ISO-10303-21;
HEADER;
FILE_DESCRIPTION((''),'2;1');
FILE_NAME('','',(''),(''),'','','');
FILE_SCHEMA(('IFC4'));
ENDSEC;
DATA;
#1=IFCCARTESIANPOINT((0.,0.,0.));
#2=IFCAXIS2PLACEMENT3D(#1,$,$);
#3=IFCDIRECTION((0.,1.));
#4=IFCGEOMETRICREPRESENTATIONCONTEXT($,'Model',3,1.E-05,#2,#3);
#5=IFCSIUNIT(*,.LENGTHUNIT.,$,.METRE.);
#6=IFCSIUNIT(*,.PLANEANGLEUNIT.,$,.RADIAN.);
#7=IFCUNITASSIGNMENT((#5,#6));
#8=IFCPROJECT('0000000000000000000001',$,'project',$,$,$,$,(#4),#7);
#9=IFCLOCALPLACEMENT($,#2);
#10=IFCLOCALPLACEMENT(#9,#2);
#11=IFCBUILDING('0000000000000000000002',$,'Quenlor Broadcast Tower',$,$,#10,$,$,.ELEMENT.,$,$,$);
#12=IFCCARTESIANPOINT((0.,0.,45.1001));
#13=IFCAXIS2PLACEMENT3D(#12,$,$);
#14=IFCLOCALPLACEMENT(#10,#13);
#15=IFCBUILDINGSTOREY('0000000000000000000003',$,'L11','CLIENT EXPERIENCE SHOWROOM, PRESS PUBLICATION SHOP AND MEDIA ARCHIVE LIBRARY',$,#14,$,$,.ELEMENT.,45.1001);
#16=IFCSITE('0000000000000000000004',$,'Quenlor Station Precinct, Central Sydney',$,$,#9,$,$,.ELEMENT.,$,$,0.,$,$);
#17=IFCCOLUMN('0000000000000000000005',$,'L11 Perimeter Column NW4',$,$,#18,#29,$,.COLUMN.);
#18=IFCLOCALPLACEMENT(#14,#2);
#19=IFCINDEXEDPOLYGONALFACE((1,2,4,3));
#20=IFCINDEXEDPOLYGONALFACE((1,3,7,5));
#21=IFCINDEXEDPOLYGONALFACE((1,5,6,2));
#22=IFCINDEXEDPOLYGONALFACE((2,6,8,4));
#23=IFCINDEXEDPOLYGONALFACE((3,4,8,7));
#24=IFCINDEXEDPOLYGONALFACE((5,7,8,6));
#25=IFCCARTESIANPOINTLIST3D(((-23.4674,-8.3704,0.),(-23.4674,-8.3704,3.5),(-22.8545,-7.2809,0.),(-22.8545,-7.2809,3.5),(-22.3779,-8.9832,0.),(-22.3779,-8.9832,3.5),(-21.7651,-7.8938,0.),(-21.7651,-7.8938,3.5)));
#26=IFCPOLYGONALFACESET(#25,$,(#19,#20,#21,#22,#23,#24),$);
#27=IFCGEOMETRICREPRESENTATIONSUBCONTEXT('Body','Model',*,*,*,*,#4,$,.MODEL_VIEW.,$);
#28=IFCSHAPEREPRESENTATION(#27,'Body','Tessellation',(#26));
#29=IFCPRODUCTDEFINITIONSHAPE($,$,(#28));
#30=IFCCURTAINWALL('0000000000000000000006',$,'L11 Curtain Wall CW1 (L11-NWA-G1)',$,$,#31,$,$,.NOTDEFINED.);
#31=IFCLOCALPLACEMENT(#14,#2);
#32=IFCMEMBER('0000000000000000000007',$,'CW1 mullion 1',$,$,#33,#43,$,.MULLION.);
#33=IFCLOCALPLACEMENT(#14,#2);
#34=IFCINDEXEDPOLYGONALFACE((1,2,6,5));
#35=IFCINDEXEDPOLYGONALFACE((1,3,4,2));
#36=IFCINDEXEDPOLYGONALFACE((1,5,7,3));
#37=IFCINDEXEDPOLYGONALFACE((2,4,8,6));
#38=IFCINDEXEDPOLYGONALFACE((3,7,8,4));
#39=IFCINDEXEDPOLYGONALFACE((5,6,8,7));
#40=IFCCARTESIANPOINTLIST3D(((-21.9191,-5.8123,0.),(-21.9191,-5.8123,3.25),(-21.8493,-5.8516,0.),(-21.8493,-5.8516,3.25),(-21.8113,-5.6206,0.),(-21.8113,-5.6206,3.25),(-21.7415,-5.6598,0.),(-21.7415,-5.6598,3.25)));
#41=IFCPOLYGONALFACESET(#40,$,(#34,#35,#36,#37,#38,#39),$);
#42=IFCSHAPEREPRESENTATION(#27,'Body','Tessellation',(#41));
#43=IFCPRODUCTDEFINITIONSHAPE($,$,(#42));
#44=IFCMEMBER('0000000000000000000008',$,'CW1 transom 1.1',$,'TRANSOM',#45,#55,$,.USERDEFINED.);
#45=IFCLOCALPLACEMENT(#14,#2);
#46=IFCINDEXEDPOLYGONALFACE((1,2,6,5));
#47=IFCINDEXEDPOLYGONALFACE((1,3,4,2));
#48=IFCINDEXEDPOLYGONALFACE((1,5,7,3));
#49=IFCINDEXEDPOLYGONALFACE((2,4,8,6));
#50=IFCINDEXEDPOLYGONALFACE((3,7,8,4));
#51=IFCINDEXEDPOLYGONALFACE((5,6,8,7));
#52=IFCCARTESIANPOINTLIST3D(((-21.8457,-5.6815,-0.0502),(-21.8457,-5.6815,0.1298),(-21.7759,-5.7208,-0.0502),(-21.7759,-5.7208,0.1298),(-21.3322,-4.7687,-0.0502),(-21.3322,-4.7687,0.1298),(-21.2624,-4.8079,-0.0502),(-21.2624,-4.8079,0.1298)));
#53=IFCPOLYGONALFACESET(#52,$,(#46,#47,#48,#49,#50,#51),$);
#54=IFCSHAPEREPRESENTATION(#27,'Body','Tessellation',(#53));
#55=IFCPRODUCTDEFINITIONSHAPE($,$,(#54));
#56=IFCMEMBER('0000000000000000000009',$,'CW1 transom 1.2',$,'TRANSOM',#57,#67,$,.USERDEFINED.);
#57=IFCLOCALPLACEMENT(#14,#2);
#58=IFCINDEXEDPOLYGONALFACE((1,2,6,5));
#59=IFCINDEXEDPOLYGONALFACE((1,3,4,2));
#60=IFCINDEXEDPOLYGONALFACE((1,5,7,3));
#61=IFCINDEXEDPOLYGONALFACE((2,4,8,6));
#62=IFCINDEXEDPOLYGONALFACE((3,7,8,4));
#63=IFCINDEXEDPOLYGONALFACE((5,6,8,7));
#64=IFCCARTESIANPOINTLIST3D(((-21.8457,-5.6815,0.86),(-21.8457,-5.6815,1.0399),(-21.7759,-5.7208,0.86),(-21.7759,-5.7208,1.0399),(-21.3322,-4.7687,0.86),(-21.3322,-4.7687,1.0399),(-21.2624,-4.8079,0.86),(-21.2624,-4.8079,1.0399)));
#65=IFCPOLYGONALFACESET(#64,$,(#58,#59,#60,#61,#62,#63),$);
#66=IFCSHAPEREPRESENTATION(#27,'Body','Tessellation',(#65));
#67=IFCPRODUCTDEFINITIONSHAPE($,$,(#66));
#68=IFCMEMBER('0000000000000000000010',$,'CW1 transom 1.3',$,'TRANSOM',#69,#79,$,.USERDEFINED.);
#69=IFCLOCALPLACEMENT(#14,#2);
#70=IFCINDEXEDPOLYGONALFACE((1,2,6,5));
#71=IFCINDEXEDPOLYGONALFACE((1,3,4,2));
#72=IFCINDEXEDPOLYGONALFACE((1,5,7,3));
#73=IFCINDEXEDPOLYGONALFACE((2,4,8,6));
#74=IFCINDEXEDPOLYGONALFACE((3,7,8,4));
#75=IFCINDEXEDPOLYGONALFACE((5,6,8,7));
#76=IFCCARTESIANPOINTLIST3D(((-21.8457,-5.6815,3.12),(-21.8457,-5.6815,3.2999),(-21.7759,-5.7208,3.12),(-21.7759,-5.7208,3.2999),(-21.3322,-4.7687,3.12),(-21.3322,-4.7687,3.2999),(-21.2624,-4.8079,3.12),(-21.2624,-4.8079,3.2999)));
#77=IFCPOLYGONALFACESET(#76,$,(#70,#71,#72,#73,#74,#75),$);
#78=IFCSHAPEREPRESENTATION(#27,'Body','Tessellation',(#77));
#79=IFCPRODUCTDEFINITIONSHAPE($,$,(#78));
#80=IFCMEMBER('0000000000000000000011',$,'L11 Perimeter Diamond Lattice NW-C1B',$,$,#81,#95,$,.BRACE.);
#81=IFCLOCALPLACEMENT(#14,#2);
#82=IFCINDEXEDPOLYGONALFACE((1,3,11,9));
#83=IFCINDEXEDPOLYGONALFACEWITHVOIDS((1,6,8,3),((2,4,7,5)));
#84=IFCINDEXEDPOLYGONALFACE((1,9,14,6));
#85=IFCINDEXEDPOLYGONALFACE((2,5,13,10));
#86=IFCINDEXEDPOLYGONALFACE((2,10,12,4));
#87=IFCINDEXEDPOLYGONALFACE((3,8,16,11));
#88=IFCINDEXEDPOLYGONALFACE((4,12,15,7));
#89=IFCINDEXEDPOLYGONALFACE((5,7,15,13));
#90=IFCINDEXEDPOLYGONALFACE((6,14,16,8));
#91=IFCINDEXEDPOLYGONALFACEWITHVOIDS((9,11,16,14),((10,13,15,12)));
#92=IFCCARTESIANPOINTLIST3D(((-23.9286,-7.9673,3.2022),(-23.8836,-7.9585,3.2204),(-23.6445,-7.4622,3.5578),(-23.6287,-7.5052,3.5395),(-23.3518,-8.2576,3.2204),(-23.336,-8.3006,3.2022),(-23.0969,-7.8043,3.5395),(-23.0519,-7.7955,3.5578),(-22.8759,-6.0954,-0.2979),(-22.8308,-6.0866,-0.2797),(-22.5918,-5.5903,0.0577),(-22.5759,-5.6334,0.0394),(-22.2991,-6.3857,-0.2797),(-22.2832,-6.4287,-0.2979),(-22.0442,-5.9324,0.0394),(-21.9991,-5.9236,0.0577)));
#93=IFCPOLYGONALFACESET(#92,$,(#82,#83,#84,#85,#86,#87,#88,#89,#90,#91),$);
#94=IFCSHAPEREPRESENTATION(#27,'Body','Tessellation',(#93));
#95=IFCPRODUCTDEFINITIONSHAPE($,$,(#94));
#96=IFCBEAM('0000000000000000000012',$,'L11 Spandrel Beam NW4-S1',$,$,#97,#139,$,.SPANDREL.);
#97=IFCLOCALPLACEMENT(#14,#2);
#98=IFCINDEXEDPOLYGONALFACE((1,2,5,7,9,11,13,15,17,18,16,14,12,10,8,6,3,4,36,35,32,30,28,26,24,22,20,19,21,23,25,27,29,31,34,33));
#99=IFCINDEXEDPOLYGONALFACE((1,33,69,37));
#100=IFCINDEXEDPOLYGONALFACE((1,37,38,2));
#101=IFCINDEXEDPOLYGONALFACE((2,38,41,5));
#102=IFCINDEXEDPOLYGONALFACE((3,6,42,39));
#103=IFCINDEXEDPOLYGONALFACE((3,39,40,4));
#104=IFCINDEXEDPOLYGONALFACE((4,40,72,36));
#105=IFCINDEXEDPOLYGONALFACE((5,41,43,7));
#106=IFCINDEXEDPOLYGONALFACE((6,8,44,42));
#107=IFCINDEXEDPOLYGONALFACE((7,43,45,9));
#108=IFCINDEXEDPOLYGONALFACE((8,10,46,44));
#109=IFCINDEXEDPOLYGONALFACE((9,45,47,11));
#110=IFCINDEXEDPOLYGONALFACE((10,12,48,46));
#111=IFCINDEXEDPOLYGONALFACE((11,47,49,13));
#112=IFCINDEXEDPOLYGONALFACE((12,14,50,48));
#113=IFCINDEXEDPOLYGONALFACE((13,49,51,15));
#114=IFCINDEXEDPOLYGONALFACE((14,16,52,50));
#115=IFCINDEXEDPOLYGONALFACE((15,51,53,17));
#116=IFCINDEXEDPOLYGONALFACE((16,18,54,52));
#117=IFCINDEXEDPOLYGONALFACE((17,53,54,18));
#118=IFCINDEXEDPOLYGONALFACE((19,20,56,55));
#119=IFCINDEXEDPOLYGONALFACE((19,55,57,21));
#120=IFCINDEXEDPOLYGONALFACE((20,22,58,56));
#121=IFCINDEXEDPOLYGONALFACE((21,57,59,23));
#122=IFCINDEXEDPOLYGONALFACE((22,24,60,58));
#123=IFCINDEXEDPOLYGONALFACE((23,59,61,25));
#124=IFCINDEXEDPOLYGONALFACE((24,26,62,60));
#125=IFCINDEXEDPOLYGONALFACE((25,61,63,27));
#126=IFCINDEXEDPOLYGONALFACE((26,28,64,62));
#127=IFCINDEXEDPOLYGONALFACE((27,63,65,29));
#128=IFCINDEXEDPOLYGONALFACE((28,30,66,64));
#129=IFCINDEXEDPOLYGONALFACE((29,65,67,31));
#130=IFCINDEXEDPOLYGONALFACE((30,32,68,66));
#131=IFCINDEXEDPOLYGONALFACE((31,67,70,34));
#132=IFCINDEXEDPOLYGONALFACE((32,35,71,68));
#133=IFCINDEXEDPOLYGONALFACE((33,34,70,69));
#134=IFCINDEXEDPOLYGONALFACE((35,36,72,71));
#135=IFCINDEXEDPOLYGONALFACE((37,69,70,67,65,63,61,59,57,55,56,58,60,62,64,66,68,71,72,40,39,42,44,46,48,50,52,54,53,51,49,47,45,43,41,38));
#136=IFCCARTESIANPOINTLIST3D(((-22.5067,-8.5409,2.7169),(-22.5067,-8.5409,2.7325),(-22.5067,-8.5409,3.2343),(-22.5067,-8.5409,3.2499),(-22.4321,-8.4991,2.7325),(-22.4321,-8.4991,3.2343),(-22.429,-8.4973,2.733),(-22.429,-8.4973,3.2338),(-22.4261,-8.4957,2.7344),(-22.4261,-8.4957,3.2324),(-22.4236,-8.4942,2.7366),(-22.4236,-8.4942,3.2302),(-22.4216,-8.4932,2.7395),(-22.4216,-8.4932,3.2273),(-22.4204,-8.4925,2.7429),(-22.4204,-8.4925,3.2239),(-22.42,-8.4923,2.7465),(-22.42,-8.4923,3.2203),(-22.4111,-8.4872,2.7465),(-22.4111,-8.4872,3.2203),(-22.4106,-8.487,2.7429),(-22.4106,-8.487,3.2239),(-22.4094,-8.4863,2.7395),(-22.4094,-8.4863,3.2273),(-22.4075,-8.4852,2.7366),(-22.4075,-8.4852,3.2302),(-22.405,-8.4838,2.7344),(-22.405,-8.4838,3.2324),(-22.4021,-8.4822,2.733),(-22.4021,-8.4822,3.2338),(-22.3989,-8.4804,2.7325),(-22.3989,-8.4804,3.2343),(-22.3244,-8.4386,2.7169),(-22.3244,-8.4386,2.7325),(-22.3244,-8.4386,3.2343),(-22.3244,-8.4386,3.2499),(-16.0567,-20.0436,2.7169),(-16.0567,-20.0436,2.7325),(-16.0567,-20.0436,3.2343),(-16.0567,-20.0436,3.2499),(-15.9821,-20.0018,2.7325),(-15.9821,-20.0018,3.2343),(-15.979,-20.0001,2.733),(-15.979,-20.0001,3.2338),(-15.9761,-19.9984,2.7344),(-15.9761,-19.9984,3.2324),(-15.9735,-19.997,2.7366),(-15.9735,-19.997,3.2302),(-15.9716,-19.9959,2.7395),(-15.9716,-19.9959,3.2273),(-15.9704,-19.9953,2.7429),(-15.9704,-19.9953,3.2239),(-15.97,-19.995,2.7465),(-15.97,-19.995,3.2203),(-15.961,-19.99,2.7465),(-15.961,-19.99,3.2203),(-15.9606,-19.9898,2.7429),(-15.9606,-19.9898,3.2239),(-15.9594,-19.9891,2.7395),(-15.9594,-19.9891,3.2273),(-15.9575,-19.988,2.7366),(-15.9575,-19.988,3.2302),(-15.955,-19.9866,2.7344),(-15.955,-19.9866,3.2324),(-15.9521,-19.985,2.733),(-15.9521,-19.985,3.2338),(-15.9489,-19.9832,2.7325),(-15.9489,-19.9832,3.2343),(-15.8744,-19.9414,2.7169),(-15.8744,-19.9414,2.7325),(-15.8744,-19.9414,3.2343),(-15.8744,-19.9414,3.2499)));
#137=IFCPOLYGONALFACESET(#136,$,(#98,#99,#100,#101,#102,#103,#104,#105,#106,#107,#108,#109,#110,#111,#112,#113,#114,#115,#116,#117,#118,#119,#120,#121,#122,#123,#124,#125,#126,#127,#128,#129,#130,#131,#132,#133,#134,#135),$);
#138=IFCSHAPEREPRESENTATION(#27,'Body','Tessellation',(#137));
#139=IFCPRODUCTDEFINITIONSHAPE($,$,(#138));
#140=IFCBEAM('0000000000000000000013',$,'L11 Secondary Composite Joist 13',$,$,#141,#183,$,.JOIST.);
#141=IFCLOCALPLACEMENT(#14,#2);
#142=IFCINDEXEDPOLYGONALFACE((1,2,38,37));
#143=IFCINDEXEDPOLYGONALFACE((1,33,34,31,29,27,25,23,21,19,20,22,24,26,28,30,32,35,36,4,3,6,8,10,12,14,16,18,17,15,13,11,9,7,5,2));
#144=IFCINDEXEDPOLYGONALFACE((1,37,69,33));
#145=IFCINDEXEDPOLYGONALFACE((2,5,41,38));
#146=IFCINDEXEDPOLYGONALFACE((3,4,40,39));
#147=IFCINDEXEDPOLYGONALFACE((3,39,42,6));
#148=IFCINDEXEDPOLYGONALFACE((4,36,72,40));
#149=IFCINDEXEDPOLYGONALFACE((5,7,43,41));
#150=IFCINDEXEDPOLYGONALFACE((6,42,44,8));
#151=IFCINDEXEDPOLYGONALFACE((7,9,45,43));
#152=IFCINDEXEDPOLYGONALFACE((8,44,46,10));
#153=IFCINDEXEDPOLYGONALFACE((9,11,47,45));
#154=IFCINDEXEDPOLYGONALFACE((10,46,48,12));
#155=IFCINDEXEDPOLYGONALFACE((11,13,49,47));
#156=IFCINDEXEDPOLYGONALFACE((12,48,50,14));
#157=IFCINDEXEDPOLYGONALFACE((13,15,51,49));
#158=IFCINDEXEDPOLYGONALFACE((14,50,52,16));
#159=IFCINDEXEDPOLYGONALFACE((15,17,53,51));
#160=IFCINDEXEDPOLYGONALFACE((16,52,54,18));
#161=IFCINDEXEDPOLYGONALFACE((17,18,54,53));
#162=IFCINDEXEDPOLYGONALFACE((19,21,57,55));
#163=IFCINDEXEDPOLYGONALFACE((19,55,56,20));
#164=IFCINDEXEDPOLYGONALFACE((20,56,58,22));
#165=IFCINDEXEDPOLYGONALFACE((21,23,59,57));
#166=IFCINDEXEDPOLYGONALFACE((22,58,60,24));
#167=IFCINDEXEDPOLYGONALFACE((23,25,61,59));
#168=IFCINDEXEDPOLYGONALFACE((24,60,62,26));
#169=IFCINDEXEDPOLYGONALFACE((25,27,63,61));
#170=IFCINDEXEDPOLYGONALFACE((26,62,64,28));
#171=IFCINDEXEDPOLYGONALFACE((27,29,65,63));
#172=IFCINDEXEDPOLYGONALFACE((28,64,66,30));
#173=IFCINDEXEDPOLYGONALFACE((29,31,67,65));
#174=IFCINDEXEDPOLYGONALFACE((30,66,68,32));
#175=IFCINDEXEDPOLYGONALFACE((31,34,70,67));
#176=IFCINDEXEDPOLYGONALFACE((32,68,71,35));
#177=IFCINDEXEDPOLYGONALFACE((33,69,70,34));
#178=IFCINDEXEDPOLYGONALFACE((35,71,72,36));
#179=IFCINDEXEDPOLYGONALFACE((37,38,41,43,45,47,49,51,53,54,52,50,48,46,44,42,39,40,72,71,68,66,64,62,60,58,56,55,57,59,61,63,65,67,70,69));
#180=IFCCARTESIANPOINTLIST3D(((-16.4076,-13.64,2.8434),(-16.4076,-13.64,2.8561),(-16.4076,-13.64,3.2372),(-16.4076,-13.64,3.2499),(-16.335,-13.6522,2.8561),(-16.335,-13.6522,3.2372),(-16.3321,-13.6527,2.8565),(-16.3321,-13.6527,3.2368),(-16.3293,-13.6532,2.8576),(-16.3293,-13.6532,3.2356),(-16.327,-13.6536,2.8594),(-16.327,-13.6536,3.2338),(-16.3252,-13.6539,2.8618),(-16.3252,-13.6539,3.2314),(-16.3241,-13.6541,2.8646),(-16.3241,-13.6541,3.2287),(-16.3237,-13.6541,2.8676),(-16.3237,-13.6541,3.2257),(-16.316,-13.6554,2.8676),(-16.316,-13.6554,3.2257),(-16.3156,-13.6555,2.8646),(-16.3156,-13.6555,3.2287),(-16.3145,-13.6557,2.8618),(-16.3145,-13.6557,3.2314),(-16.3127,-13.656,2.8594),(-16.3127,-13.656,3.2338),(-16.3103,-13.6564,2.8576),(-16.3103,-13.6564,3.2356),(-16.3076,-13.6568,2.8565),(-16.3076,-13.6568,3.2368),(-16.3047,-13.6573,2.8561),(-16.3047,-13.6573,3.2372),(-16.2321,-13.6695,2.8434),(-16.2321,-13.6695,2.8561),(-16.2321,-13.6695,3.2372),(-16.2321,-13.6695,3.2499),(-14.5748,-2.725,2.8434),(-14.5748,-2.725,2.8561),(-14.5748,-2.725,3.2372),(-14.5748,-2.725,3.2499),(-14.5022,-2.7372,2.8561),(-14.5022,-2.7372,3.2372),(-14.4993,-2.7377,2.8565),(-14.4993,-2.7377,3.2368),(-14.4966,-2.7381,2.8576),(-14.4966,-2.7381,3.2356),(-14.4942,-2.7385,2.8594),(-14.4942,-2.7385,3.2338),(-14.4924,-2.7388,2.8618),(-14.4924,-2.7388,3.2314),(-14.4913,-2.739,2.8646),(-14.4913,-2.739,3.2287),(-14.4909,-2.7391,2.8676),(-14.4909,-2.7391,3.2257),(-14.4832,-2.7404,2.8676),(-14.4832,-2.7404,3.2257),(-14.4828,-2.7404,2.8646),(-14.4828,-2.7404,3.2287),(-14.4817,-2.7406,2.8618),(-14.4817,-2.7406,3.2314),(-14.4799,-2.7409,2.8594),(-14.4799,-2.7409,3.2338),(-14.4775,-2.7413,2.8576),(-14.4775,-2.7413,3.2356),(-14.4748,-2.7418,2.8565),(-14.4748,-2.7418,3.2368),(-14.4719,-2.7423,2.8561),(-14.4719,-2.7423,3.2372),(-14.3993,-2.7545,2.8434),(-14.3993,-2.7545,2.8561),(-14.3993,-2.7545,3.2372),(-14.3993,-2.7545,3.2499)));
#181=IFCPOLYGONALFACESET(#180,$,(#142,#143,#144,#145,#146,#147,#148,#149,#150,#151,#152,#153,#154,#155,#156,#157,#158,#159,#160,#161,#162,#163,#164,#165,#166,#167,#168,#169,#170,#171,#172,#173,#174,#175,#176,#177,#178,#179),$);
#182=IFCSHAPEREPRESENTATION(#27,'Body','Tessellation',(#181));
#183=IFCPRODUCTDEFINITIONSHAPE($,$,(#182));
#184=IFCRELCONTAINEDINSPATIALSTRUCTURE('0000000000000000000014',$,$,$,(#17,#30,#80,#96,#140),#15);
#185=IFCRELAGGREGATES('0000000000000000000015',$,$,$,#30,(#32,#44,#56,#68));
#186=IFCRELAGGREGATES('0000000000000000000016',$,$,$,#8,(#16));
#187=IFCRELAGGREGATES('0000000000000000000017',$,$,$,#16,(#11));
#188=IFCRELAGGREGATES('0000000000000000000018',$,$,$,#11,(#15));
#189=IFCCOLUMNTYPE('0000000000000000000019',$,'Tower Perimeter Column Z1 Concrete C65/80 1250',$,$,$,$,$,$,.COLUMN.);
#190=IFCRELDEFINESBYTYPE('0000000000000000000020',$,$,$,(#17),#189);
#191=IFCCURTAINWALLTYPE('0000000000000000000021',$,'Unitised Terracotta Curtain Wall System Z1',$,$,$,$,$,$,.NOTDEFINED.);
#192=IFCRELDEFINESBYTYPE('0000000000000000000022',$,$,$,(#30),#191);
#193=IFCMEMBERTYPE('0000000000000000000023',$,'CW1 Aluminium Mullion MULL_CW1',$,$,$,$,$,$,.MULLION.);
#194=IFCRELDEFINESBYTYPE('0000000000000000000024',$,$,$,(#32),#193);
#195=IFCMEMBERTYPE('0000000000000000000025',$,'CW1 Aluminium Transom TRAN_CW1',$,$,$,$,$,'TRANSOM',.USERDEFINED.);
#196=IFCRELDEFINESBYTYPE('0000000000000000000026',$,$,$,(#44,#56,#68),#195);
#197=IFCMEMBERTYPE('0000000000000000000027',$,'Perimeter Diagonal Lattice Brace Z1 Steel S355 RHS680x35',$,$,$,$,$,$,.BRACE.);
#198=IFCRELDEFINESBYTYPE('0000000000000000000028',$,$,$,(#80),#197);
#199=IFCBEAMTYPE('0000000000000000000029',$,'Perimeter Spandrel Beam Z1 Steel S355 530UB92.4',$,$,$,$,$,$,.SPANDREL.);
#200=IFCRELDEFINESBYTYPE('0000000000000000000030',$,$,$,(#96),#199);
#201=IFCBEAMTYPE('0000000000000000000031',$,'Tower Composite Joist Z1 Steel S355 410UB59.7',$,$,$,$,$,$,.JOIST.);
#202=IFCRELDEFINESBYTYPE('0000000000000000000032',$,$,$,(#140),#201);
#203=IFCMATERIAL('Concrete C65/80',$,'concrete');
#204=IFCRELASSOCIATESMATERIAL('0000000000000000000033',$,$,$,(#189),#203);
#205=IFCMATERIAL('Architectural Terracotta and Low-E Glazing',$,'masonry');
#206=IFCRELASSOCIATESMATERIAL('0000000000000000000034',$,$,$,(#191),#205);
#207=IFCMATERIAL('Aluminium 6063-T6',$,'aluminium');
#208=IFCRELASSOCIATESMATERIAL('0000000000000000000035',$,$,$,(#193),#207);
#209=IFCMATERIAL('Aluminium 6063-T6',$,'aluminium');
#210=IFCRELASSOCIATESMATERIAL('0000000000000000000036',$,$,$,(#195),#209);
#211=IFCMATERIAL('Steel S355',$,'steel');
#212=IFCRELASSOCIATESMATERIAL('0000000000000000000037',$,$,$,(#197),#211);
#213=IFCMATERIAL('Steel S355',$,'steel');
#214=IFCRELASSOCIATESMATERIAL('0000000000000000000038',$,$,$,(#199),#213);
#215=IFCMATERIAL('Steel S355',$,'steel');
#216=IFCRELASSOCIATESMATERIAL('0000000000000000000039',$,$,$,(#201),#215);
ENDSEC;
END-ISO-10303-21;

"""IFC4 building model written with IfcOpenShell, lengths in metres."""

from ifc_helpers import new_model, si_unit, direction, frame, origin, origin_2d, place, context, subcontext, project, spatial, rectangle, hollow_rectangle, i_section, extrude, material, material_profile, profile_set, type_object, element, aggregate, save


model = new_model("IFC4")

# Units and contexts
model_context = context("Model", 3, precision=1e-05, world=origin(), true_north=direction((0.0, 1.0)))
body_context = subcontext(model_context, "Body", "Model", "MODEL_VIEW")
ifc_project = project(units=[si_unit("LENGTHUNIT", "METRE"), si_unit("PLANEANGLEUNIT", "RADIAN")], contexts=[model_context])

# Site, building, storey
site_placement = place(None, origin())
site = spatial("IfcSite", under=ifc_project, at=site_placement, Name="Quenlor Station Precinct, Central Sydney", CompositionType="ELEMENT", RefElevation=0.0)
building_placement = place(site_placement, origin())
building = spatial("IfcBuilding", under=site, at=building_placement, Name="Quenlor Broadcast Tower", CompositionType="ELEMENT")
storey_placement = place(building_placement, frame((0.0, 0.0, 45.1001)))
storey = spatial("IfcBuildingStorey", under=building, at=storey_placement, Name="L11", Description="CLIENT EXPERIENCE SHOWROOM, PRESS PUBLICATION SHOP AND MEDIA ARCHIVE LIBRARY", CompositionType="ELEMENT", Elevation=45.1001)

# Column
ifc_material_1 = material(Name="Concrete C65/80", Category="concrete")
ifc_material_profile_1 = material_profile(ifc_material_1, rectangle(XDim=1.25, YDim=1.25, at=origin_2d()))
ifc_profile_set_1 = profile_set([ifc_material_profile_1], Name="Concrete C65/80 RC1250x1250")
column_type = type_object("IfcColumnType", Name="Tower Perimeter Column Z1 Concrete C65/80 1250", PredefinedType="COLUMN", material=ifc_profile_set_1)
column_placement = place(storey_placement, frame((-22.6162, -8.1321, 0.0), z_axis=(0.0, 0.0, 1.0), x_axis=(-0.871575, 0.490262, 0.0)))
element("IfcColumn", 1, at=column_placement, inside=storey, type_object=column_type, Name="L11 Perimeter Column NW4", PredefinedType="COLUMN", context=body_context, shape_type="SweptSolid", body=[
    extrude(rectangle(XDim=1.25, YDim=1.25, at=origin_2d()), origin(), (0.0, 0.0, 1.0), 3.5),
])

# Curtain wall, members
ifc_material_2 = material(Name="Architectural Terracotta and Low-E Glazing", Category="masonry")
curtain_wall_type = type_object("IfcCurtainWallType", Name="Unitised Terracotta Curtain Wall System Z1", PredefinedType="NOTDEFINED", material=ifc_material_2)
curtain_wall_placement = place(storey_placement, origin())
curtain_wall = element("IfcCurtainWall", 2, at=curtain_wall_placement, inside=storey, type_object=curtain_wall_type, Name="L11 Curtain Wall CW1 (L11-NWA-G1)", PredefinedType="NOTDEFINED")
ifc_material_3 = material(Name="Aluminium 6063-T6", Category="aluminium")
ifc_material_profile_2 = material_profile(ifc_material_3, rectangle(XDim=0.0801, YDim=0.22, at=origin_2d()))
ifc_profile_set_2 = profile_set([ifc_material_profile_2], Name="Aluminium 6063-T6 MULL80x220")
member_type_1 = type_object("IfcMemberType", Name="CW1 Aluminium Mullion MULL_CW1", PredefinedType="MULLION", material=ifc_profile_set_2)
member_1_placement = place(storey_placement, frame((-21.8303, -5.7361, 0.0), z_axis=(0.0, 0.0, 1.0), x_axis=(-0.871602, 0.490214, 0.0)))
member_1 = element("IfcMember", 3, at=member_1_placement, type_object=member_type_1, Name="CW1 mullion 1", PredefinedType="MULLION", context=body_context, shape_type="SweptSolid", body=[
    extrude(rectangle(XDim=0.0801, YDim=0.22, at=origin_2d()), origin(), (0.0, 0.0, 1.0), 3.25),
])
ifc_material_4 = material(Name="Aluminium 6063-T6", Category="aluminium")
ifc_material_profile_3 = material_profile(ifc_material_4, rectangle(XDim=0.0801, YDim=0.1799, at=origin_2d()))
ifc_profile_set_3 = profile_set([ifc_material_profile_3], Name="Aluminium 6063-T6 TRAN80x180")
member_type_2 = type_object("IfcMemberType", Name="CW1 Aluminium Transom TRAN_CW1", ElementType="TRANSOM", PredefinedType="USERDEFINED", material=ifc_profile_set_3)
member_2_placement = place(storey_placement, frame((-21.8108, -5.7012, 0.0398), z_axis=(0.490228, 0.871594, 0.0), x_axis=(-0.871594, 0.490228, 0.0)))
member_2 = element("IfcMember", 4, at=member_2_placement, type_object=member_type_2, Name="CW1 transom 1.1", ObjectType="TRANSOM", PredefinedType="USERDEFINED", context=body_context, shape_type="SweptSolid", body=[
    extrude(rectangle(XDim=0.0801, YDim=0.1799, at=origin_2d()), origin(), (0.0, 0.0, 1.0), 1.0474),
])
member_3_placement = place(storey_placement, frame((-21.8108, -5.7012, 0.95), z_axis=(0.490228, 0.871594, 0.0), x_axis=(-0.871594, 0.490228, 0.0)))
member_3 = element("IfcMember", 5, at=member_3_placement, type_object=member_type_2, Name="CW1 transom 1.2", ObjectType="TRANSOM", PredefinedType="USERDEFINED", context=body_context, shape_type="SweptSolid", body=[
    extrude(rectangle(XDim=0.0801, YDim=0.1799, at=origin_2d()), origin(), (0.0, 0.0, 1.0), 1.0474),
])
member_4_placement = place(storey_placement, frame((-21.8108, -5.7012, 3.21), z_axis=(0.490228, 0.871594, 0.0), x_axis=(-0.871594, 0.490228, 0.0)))
member_4 = element("IfcMember", 6, at=member_4_placement, type_object=member_type_2, Name="CW1 transom 1.3", ObjectType="TRANSOM", PredefinedType="USERDEFINED", context=body_context, shape_type="SweptSolid", body=[
    extrude(rectangle(XDim=0.0801, YDim=0.1799, at=origin_2d()), origin(), (0.0, 0.0, 1.0), 1.0474),
])

# Member
ifc_material_5 = material(Name="Steel S355", Category="steel")
ifc_material_profile_4 = material_profile(ifc_material_5, hollow_rectangle(XDim=0.6799, YDim=0.6799, WallThickness=0.0349, at=origin_2d()))
ifc_profile_set_4 = profile_set([ifc_material_profile_4], Name="Steel S355 RHS680x680x35")
member_type_3 = type_object("IfcMemberType", Name="Perimeter Diagonal Lattice Brace Z1 Steel S355 RHS680x35", PredefinedType="BRACE", material=ifc_profile_set_4)
member_5_placement = place(storey_placement, frame((-22.4375, -6.0095, -0.1201), z_axis=(-0.256368, -0.455839, 0.852342), x_axis=(0.871609, -0.490202, 0.0)))
element("IfcMember", 7, at=member_5_placement, inside=storey, type_object=member_type_3, Name="L11 Perimeter Diamond Lattice NW-C1B", PredefinedType="BRACE", context=body_context, shape_type="SweptSolid", body=[
    extrude(hollow_rectangle(XDim=0.6799, YDim=0.6799, WallThickness=0.0349, at=origin_2d()), origin(), (0.0, 0.0, 1.0), 4.1064),
])

# Beams
ifc_material_6 = material(Name="Steel S355", Category="steel")
ifc_material_profile_5 = material_profile(ifc_material_6, i_section(OverallWidth=0.209, OverallDepth=0.533, WebThickness=0.0103, FlangeThickness=0.0156, FilletRadius=0.0139, at=origin_2d()))
ifc_profile_set_5 = profile_set([ifc_material_profile_5], Name="Steel S355 530UB92.4")
beam_type_1 = type_object("IfcBeamType", Name="Perimeter Spandrel Beam Z1 Steel S355 530UB92.4", PredefinedType="SPANDREL", material=ifc_profile_set_5)
beam_1_placement = place(storey_placement, frame((-22.4155, -8.4897, 2.9834), z_axis=(0.489091, -0.872233, 0.0), x_axis=(0.872233, 0.489091, 0.0)))
element("IfcBeam", 8, at=beam_1_placement, inside=storey, type_object=beam_type_1, Name="L11 Spandrel Beam NW4-S1", PredefinedType="SPANDREL", context=body_context, shape_type="SweptSolid", body=[
    extrude(i_section(OverallWidth=0.209, OverallDepth=0.533, WebThickness=0.0103, FlangeThickness=0.0156, FilletRadius=0.0139, at=origin_2d()), origin(), (0.0, 0.0, 1.0), 13.1877),
])
ifc_material_7 = material(Name="Steel S355", Category="steel")
ifc_material_profile_6 = material_profile(ifc_material_7, i_section(OverallWidth=0.178, OverallDepth=0.4065, WebThickness=0.0078, FlangeThickness=0.0127, FilletRadius=0.0115, at=origin_2d()))
ifc_profile_set_6 = profile_set([ifc_material_profile_6], Name="Steel S355 410UB59.7")
beam_type_2 = type_object("IfcBeamType", Name="Tower Composite Joist Z1 Steel S355 410UB59.7", PredefinedType="JOIST", material=ifc_profile_set_6)
beam_2_placement = place(storey_placement, frame((-16.3198, -13.6548, 3.0466), z_axis=(0.165594, 0.986194, 0.0), x_axis=(-0.986194, 0.165594, 0.0)))
element("IfcBeam", 9, at=beam_2_placement, inside=storey, type_object=beam_type_2, Name="L11 Secondary Composite Joist 13", PredefinedType="JOIST", context=body_context, shape_type="SweptSolid", body=[
    extrude(i_section(OverallWidth=0.178, OverallDepth=0.4065, WebThickness=0.0078, FlangeThickness=0.0127, FilletRadius=0.0115, at=origin_2d()), origin(), (0.0, 0.0, 1.0), 11.0679),
])

aggregate(curtain_wall, [member_1, member_2, member_3, member_4])

save(model, "model.ifc")
